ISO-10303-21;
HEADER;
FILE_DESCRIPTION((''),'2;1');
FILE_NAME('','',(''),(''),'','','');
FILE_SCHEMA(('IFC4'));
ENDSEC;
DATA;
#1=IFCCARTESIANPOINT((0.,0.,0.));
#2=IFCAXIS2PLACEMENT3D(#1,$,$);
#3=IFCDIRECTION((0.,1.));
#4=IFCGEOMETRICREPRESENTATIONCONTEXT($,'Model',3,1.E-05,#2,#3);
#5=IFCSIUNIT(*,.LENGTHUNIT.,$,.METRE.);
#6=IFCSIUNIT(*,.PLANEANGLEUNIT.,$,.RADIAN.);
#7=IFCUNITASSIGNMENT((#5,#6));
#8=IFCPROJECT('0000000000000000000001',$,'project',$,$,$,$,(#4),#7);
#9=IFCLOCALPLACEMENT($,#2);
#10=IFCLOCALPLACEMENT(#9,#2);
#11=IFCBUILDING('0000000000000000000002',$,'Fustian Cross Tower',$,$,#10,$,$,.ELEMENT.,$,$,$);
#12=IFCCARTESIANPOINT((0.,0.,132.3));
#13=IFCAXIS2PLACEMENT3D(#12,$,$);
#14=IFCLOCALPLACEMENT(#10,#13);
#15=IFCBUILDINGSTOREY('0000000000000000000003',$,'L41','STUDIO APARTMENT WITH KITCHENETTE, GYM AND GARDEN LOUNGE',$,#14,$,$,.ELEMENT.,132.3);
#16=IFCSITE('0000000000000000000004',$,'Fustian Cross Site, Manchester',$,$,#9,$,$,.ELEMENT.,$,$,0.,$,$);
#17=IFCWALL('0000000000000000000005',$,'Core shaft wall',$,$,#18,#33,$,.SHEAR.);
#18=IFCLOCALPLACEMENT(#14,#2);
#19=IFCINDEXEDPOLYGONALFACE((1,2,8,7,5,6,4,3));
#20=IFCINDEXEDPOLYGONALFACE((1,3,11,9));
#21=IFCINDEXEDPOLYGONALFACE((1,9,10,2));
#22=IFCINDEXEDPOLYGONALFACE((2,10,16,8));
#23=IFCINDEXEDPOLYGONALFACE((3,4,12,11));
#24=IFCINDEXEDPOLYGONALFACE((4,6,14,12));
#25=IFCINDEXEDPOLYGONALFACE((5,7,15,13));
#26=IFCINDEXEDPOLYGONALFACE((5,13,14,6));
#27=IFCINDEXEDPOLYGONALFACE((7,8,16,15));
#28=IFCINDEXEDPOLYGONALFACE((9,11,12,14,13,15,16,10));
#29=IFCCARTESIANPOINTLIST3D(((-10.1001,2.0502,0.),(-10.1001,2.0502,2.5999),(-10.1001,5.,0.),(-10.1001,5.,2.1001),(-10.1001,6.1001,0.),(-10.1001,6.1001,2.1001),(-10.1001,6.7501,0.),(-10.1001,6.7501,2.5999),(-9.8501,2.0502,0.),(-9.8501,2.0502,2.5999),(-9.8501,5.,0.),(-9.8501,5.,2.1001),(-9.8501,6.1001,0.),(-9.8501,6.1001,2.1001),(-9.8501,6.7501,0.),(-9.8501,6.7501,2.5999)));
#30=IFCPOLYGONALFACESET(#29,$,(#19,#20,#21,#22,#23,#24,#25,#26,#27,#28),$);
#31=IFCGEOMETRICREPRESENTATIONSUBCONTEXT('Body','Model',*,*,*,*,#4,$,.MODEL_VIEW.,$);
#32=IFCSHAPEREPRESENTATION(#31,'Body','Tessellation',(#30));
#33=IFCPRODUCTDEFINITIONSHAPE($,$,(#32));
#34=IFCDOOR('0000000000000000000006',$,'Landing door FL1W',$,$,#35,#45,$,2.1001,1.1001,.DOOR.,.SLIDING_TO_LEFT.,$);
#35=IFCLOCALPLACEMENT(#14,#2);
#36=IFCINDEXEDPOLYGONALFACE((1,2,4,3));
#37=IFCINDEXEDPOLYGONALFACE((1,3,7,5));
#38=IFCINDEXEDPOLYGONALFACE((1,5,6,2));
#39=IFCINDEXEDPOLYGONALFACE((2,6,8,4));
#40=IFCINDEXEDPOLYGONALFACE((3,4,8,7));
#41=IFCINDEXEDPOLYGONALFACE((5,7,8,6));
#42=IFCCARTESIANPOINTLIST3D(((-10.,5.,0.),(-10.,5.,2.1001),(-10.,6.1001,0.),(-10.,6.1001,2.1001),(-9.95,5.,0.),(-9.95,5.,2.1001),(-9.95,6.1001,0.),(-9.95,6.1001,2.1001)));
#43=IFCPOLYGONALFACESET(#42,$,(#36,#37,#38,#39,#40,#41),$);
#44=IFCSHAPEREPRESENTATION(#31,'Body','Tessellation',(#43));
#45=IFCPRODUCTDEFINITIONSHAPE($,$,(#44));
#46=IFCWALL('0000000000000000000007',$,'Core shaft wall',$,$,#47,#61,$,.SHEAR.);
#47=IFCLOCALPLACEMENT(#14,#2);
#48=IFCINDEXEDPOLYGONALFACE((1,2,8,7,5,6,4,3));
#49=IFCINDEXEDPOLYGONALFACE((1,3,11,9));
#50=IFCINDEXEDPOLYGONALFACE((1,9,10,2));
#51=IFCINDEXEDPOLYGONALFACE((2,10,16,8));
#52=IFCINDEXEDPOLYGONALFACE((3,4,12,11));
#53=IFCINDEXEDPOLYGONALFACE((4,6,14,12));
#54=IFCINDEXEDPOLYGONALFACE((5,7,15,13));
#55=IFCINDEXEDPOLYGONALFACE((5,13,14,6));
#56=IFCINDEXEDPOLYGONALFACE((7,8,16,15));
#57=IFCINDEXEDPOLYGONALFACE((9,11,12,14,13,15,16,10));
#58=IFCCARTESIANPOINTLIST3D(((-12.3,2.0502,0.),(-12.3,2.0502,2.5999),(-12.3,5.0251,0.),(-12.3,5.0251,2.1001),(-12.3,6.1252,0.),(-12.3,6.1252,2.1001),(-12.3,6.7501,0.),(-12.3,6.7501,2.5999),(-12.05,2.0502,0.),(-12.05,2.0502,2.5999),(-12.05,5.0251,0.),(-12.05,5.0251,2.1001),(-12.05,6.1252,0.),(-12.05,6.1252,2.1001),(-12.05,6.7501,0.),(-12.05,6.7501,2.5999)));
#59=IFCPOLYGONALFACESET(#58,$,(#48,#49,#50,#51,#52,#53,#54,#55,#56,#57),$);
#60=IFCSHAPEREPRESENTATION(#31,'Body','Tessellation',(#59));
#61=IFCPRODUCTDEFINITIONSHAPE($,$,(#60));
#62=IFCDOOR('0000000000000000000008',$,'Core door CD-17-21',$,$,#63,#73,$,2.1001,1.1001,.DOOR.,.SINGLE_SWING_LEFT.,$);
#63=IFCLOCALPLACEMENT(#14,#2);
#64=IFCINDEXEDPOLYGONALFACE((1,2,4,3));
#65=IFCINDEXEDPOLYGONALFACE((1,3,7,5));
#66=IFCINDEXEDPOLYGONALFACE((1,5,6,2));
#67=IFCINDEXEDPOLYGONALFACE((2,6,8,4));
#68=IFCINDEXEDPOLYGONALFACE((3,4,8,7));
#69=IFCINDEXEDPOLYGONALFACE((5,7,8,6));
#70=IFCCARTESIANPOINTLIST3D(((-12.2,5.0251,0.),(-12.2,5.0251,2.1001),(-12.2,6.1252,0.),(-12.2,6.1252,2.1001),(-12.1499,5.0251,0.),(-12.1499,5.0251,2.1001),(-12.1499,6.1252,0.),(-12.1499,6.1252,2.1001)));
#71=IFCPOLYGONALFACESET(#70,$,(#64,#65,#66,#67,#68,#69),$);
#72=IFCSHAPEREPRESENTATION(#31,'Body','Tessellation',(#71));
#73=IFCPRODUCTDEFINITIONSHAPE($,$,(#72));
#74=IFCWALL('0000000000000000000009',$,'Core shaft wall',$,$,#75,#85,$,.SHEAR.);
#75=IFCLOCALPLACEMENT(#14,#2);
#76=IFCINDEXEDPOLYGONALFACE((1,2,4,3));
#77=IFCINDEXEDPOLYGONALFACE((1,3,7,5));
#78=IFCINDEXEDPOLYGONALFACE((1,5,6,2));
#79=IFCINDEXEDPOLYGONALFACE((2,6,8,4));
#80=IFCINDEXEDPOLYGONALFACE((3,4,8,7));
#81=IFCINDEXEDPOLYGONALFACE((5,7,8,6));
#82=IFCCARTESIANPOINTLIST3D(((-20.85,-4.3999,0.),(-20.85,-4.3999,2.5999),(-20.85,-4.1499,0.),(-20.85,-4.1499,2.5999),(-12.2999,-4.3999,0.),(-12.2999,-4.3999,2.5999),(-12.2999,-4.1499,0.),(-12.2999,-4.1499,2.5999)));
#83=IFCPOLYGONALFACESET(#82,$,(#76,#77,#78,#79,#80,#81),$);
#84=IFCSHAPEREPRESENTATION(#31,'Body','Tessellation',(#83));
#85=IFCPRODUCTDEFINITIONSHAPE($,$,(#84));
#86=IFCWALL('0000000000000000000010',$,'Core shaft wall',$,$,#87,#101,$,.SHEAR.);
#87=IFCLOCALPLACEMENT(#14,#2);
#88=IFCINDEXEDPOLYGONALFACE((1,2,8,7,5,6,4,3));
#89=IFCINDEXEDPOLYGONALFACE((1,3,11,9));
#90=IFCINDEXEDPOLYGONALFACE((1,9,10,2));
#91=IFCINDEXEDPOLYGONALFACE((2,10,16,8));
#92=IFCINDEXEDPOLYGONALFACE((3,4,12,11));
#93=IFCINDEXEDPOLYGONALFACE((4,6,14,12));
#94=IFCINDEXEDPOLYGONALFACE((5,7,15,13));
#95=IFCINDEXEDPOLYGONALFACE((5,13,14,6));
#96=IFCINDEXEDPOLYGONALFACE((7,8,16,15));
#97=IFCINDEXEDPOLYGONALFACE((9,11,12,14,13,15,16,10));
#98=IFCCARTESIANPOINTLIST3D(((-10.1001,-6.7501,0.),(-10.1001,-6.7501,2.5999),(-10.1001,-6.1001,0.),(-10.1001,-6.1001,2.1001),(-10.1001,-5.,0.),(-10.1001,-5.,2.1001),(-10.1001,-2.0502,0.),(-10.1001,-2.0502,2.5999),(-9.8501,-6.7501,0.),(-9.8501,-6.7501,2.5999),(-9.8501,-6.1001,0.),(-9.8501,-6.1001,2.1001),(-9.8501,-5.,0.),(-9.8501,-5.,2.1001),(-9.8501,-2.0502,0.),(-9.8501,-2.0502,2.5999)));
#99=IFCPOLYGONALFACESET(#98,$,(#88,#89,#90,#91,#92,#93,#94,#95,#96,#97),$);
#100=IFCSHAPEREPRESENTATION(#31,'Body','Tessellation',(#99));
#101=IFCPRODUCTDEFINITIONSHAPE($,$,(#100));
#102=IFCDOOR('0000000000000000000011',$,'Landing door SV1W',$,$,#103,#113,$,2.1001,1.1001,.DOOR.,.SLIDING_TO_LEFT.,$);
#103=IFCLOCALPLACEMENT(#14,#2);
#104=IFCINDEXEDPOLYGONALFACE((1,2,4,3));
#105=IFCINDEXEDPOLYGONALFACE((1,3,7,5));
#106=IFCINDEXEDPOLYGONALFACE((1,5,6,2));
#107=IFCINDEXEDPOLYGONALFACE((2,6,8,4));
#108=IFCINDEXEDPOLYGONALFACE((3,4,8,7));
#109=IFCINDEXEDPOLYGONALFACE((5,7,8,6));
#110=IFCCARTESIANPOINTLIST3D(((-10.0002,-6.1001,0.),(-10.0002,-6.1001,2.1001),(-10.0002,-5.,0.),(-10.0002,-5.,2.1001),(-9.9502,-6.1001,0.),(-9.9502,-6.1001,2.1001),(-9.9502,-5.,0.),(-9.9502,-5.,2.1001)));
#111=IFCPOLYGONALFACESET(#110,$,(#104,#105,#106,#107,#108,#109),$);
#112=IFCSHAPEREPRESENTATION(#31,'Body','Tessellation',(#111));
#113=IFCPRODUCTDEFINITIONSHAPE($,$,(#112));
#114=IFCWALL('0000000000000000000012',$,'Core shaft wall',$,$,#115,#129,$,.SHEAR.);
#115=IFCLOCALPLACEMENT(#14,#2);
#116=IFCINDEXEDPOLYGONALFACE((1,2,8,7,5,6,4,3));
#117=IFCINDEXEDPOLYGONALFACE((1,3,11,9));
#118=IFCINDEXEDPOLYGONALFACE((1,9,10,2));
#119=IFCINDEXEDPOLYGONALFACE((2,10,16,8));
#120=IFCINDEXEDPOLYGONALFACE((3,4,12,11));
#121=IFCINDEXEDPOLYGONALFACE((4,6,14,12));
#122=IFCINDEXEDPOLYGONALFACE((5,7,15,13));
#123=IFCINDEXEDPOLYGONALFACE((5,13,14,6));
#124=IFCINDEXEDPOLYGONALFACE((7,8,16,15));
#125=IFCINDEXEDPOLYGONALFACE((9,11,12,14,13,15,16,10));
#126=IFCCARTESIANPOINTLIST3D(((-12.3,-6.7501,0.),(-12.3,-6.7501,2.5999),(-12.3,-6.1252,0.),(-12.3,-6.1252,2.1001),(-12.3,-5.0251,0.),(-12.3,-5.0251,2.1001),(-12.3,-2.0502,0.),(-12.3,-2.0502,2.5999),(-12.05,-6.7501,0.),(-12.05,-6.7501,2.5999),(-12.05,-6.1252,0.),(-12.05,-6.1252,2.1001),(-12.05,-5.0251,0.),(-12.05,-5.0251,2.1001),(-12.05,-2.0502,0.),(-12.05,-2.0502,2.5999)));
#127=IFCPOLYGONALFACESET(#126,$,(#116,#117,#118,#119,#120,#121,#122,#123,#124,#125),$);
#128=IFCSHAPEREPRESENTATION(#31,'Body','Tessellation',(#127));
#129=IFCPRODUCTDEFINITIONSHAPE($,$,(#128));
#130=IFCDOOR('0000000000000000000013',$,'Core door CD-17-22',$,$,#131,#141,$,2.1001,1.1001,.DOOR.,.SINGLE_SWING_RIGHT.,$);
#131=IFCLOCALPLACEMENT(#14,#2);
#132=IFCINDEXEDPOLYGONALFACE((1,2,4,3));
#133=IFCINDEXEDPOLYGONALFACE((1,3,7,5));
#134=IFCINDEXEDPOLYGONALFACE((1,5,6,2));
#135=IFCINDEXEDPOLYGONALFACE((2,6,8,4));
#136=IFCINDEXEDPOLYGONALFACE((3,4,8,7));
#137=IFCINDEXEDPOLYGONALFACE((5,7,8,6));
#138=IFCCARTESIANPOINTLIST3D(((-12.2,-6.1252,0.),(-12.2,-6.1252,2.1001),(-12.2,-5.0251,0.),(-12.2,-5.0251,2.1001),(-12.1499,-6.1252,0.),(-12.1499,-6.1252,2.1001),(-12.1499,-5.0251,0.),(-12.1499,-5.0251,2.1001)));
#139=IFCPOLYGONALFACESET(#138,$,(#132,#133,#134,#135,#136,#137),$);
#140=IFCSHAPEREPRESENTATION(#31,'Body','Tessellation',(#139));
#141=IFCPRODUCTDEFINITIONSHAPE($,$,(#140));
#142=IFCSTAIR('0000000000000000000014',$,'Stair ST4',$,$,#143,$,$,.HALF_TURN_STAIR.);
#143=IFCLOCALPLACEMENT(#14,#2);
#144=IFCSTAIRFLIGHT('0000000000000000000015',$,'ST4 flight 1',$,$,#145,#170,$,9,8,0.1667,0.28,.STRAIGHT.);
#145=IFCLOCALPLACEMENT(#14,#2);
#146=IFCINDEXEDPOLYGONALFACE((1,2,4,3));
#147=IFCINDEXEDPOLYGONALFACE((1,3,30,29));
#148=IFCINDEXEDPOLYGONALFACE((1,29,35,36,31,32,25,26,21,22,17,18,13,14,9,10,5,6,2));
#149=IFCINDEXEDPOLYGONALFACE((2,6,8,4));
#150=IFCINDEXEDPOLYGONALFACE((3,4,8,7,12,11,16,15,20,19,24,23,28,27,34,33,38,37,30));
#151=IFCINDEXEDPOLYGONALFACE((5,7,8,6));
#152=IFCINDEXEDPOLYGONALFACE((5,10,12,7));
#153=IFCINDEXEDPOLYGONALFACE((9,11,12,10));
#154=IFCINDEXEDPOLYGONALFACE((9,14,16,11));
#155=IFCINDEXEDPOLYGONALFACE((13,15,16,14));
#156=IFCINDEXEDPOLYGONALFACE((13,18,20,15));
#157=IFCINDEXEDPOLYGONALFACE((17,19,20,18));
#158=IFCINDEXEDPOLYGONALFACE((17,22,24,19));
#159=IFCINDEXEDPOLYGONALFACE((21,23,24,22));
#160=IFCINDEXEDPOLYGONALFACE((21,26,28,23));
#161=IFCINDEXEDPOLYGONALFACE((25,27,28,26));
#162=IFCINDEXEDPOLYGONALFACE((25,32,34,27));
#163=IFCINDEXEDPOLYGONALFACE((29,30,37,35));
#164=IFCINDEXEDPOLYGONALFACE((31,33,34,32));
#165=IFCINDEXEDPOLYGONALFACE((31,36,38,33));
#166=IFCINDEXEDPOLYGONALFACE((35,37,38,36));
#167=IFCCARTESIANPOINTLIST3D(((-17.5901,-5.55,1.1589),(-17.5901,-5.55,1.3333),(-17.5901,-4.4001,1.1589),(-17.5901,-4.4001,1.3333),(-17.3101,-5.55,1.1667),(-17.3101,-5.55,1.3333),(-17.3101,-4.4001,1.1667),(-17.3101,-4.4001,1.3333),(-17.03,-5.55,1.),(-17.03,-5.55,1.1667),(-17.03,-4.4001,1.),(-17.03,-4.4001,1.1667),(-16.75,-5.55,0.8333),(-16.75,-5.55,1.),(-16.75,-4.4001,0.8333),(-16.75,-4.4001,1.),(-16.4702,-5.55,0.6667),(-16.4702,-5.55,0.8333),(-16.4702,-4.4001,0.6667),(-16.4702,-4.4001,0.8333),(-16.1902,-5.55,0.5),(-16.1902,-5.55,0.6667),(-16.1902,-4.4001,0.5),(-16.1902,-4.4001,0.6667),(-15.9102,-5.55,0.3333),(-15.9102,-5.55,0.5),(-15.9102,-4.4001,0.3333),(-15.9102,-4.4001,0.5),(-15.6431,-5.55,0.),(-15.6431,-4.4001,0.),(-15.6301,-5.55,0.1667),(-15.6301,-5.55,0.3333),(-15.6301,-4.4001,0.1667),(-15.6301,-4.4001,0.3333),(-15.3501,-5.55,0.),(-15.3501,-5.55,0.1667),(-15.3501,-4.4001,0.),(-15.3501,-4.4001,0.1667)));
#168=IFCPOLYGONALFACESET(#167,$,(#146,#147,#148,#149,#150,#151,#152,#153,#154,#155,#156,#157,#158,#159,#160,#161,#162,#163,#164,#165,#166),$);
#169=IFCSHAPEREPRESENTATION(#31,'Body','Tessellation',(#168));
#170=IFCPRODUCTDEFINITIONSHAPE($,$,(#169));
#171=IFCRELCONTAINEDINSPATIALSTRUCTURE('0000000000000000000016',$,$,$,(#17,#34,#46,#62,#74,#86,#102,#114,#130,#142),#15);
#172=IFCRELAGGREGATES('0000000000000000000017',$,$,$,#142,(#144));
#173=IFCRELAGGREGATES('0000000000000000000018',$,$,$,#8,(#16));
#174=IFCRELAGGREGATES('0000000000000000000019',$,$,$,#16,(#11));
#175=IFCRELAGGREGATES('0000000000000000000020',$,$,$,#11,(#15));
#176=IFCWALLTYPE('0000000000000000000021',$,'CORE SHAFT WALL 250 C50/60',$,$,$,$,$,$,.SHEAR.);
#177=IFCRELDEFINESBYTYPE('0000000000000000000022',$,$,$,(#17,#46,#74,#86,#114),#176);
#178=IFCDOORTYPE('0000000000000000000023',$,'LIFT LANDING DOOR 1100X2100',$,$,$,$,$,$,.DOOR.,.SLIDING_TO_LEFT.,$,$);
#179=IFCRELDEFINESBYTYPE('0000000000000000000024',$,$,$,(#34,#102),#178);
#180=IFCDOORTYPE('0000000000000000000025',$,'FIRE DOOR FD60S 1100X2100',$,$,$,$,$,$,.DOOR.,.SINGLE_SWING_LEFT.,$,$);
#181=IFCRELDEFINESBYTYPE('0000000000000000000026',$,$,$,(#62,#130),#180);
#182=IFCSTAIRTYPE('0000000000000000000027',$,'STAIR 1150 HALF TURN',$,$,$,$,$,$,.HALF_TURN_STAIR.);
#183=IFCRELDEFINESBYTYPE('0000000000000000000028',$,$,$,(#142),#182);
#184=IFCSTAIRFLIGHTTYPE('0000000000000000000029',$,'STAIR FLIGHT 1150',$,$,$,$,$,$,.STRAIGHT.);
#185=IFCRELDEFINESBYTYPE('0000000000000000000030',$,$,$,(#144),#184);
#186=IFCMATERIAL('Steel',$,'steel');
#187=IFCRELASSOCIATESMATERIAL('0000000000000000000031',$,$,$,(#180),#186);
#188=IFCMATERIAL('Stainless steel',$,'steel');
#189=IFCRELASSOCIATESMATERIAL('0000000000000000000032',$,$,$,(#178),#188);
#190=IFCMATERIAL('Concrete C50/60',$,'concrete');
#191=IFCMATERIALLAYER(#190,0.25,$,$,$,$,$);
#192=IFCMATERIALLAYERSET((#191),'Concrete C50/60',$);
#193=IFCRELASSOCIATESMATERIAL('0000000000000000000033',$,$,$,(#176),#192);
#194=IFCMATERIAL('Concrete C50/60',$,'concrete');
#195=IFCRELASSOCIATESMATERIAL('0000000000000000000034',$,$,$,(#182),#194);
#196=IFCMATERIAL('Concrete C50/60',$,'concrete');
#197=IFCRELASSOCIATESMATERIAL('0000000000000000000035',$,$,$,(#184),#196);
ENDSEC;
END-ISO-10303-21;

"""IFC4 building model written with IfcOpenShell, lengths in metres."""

from ifc_helpers import new_model, si_unit, direction, frame, frame_2d, origin, place, context, subcontext, project, spatial, polyline, rectangle, outline, extrude, material, layer, layer_set, type_object, element, fill, aggregate, save


model = new_model("IFC4")

# Units and contexts
model_context = context("Model", 3, precision=1e-05, world=origin(), true_north=direction((0.0, 1.0)))
body_context = subcontext(model_context, "Body", "Model", "MODEL_VIEW")
ifc_project = project(units=[si_unit("LENGTHUNIT", "METRE"), si_unit("PLANEANGLEUNIT", "RADIAN")], contexts=[model_context])

# Site, building, storey
site_placement = place(None, origin())
site = spatial("IfcSite", under=ifc_project, at=site_placement, Name="Fustian Cross Site, Manchester", CompositionType="ELEMENT", RefElevation=0.0)
building_placement = place(site_placement, origin())
building = spatial("IfcBuilding", under=site, at=building_placement, Name="Fustian Cross Tower", CompositionType="ELEMENT")
storey_placement = place(building_placement, frame((0.0, 0.0, 132.3)))
storey = spatial("IfcBuildingStorey", under=building, at=storey_placement, Name="L41", Description="STUDIO APARTMENT WITH KITCHENETTE, GYM AND GARDEN LOUNGE", CompositionType="ELEMENT", Elevation=132.3)

# Shared definitions
ifc_material_1 = material(Name="Steel", Category="steel")
door_type_1 = type_object("IfcDoorType", Name="FIRE DOOR FD60S 1100X2100", OperationType="SINGLE_SWING_LEFT", PredefinedType="DOOR", material=ifc_material_1)
ifc_material_2 = material(Name="Stainless steel", Category="steel")
door_type_2 = type_object("IfcDoorType", Name="LIFT LANDING DOOR 1100X2100", OperationType="SLIDING_TO_LEFT", PredefinedType="DOOR", material=ifc_material_2)

# Shared definitions
ifc_material_3 = material(Name="Concrete C50/60", Category="concrete")
ifc_layer_1 = layer(ifc_material_3, 0.25)
ifc_layer_set_1 = layer_set([ifc_layer_1], Name="Concrete C50/60")
wall_type_1 = type_object("IfcWallType", Name="CORE SHAFT WALL 250 C50/60", PredefinedType="SHEAR", material=ifc_layer_set_1)

# Walls, openings, doors
wall_1_placement = place(storey_placement, frame((-9.9751, 2.05, 0.0), z_axis=(0.0, 0.0, 1.0), x_axis=(0.0, 1.0, 0.0)))
wall_1 = element("IfcWall", 1, at=wall_1_placement, inside=storey, type_object=wall_type_1, Name="Core shaft wall", PredefinedType="SHEAR", context=body_context, shape_type="SweptSolid", body=[
    extrude(rectangle(XDim=4.7, YDim=0.25, at=frame_2d((2.3501, 0.0))), origin(), (0.0, 0.0, 1.0), 2.5999),
])
opening_1_placement = place(wall_1_placement, frame((2.95, 0.0, 0.0)))
opening_1 = element("IfcOpeningElement", 2, at=opening_1_placement, cuts=wall_1, PredefinedType="OPENING", context=body_context, shape_type="SweptSolid", body=[
    extrude(rectangle(XDim=1.1001, YDim=2.1001, at=frame_2d((0.55, 1.05))), frame((0.0, 0.135, 0.0), z_axis=(0.0, -1.0, 0.0), x_axis=(1.0, 0.0, 0.0)), (0.0, 0.0, 1.0), 0.27),
])
door_1_placement = place(opening_1_placement, origin())
door_1 = element("IfcDoor", 3, at=door_1_placement, inside=storey, type_object=door_type_2, Name="Landing door FL1W", OperationType="SLIDING_TO_LEFT", OverallHeight=2.1001, OverallWidth=1.1001, PredefinedType="DOOR", context=body_context, shape_type="SweptSolid", body=[
    extrude(rectangle(XDim=1.1001, YDim=2.1001, at=frame_2d((0.55, 1.05))), frame((0.0, 0.0249, 0.0), z_axis=(0.0, -1.0, 0.0), x_axis=(1.0, 0.0, 0.0)), (0.0, 0.0, 1.0), 0.05),
])
fill(opening_1, door_1)
wall_2_placement = place(storey_placement, frame((-12.175, 2.05, 0.0), z_axis=(0.0, 0.0, 1.0), x_axis=(0.0, 1.0, 0.0)))
wall_2 = element("IfcWall", 4, at=wall_2_placement, inside=storey, type_object=wall_type_1, Name="Core shaft wall", PredefinedType="SHEAR", context=body_context, shape_type="SweptSolid", body=[
    extrude(rectangle(XDim=4.7, YDim=0.25, at=frame_2d((2.3501, 0.0))), origin(), (0.0, 0.0, 1.0), 2.5999),
])
opening_2_placement = place(wall_2_placement, frame((2.9751, 0.0, 0.0)))
opening_2 = element("IfcOpeningElement", 5, at=opening_2_placement, cuts=wall_2, PredefinedType="OPENING", context=body_context, shape_type="SweptSolid", body=[
    extrude(rectangle(XDim=1.1001, YDim=2.1001, at=frame_2d((0.55, 1.05))), frame((0.0, 0.135, 0.0), z_axis=(0.0, -1.0, 0.0), x_axis=(1.0, 0.0, 0.0)), (0.0, 0.0, 1.0), 0.27),
])
door_2_placement = place(opening_2_placement, origin())
door_2 = element("IfcDoor", 6, at=door_2_placement, inside=storey, type_object=door_type_1, Name="Core door CD-17-21", OperationType="SINGLE_SWING_LEFT", OverallHeight=2.1001, OverallWidth=1.1001, PredefinedType="DOOR", context=body_context, shape_type="SweptSolid", body=[
    extrude(rectangle(XDim=1.1001, YDim=2.1001, at=frame_2d((0.55, 1.05))), frame((0.0, 0.0249, 0.0), z_axis=(0.0, -1.0, 0.0), x_axis=(1.0, 0.0, 0.0)), (0.0, 0.0, 1.0), 0.05),
])
fill(opening_2, door_2)

# Wall
wall_3_placement = place(storey_placement, frame((-12.3, -4.2749, 0.0), z_axis=(0.0, 0.0, 1.0), x_axis=(-1.0, 0.0, 0.0)))
element("IfcWall", 7, at=wall_3_placement, inside=storey, type_object=wall_type_1, Name="Core shaft wall", PredefinedType="SHEAR", context=body_context, shape_type="SweptSolid", body=[
    extrude(rectangle(XDim=8.55, YDim=0.25, at=frame_2d((4.2749, 0.0))), origin(), (0.0, 0.0, 1.0), 2.5999),
])

# Walls, openings, doors
wall_4_placement = place(storey_placement, frame((-9.9751, -2.05, 0.0), z_axis=(0.0, 0.0, 1.0), x_axis=(0.0, -1.0, 0.0)))
wall_4 = element("IfcWall", 8, at=wall_4_placement, inside=storey, type_object=wall_type_1, Name="Core shaft wall", PredefinedType="SHEAR", context=body_context, shape_type="SweptSolid", body=[
    extrude(rectangle(XDim=4.7, YDim=0.25, at=frame_2d((2.3501, 0.0))), origin(), (0.0, 0.0, 1.0), 2.5999),
])
opening_3_placement = place(wall_4_placement, frame((2.95, 0.0, 0.0)))
opening_3 = element("IfcOpeningElement", 9, at=opening_3_placement, cuts=wall_4, PredefinedType="OPENING", context=body_context, shape_type="SweptSolid", body=[
    extrude(rectangle(XDim=1.1001, YDim=2.1001, at=frame_2d((0.55, 1.05))), frame((0.0, 0.135, 0.0), z_axis=(0.0, -1.0, 0.0), x_axis=(1.0, 0.0, 0.0)), (0.0, 0.0, 1.0), 0.27),
])
door_3_placement = place(opening_3_placement, origin())
door_3 = element("IfcDoor", 10, at=door_3_placement, inside=storey, type_object=door_type_2, Name="Landing door SV1W", OperationType="SLIDING_TO_LEFT", OverallHeight=2.1001, OverallWidth=1.1001, PredefinedType="DOOR", context=body_context, shape_type="SweptSolid", body=[
    extrude(rectangle(XDim=1.1001, YDim=2.1001, at=frame_2d((0.55, 1.05))), frame((0.0, 0.0249, 0.0), z_axis=(0.0, -1.0, 0.0), x_axis=(1.0, 0.0, 0.0)), (0.0, 0.0, 1.0), 0.05),
])
fill(opening_3, door_3)
wall_5_placement = place(storey_placement, frame((-12.175, -2.05, 0.0), z_axis=(0.0, 0.0, 1.0), x_axis=(0.0, -1.0, 0.0)))
wall_5 = element("IfcWall", 11, at=wall_5_placement, inside=storey, type_object=wall_type_1, Name="Core shaft wall", PredefinedType="SHEAR", context=body_context, shape_type="SweptSolid", body=[
    extrude(rectangle(XDim=4.7, YDim=0.25, at=frame_2d((2.3501, 0.0))), origin(), (0.0, 0.0, 1.0), 2.5999),
])
opening_4_placement = place(wall_5_placement, frame((2.9751, 0.0, 0.0)))
opening_4 = element("IfcOpeningElement", 12, at=opening_4_placement, cuts=wall_5, PredefinedType="OPENING", context=body_context, shape_type="SweptSolid", body=[
    extrude(rectangle(XDim=1.1001, YDim=2.1001, at=frame_2d((0.55, 1.05))), frame((0.0, 0.135, 0.0), z_axis=(0.0, -1.0, 0.0), x_axis=(1.0, 0.0, 0.0)), (0.0, 0.0, 1.0), 0.27),
])
door_4_placement = place(opening_4_placement, frame((1.1001, 0.0, 0.0), z_axis=(0.0, 0.0, 1.0), x_axis=(-1.0, 0.0, 0.0)))
door_4 = element("IfcDoor", 13, at=door_4_placement, inside=storey, type_object=door_type_1, Name="Core door CD-17-22", OperationType="SINGLE_SWING_RIGHT", OverallHeight=2.1001, OverallWidth=1.1001, PredefinedType="DOOR", context=body_context, shape_type="SweptSolid", body=[
    extrude(rectangle(XDim=1.1001, YDim=2.1001, at=frame_2d((0.55, 1.05))), frame((0.0, 0.0249, 0.0), z_axis=(0.0, -1.0, 0.0), x_axis=(1.0, 0.0, 0.0)), (0.0, 0.0, 1.0), 0.05),
])
fill(opening_4, door_4)

# Stair, stair flight
ifc_material_4 = material(Name="Concrete C50/60", Category="concrete")
stair_type = type_object("IfcStairType", Name="STAIR 1150 HALF TURN", PredefinedType="HALF_TURN_STAIR", material=ifc_material_4)
stair_placement = place(storey_placement, origin())
stair = element("IfcStair", 14, at=stair_placement, inside=storey, type_object=stair_type, Name="Stair ST4", PredefinedType="HALF_TURN_STAIR")
ifc_material_5 = material(Name="Concrete C50/60", Category="concrete")
stair_flight_type = type_object("IfcStairFlightType", Name="STAIR FLIGHT 1150", PredefinedType="STRAIGHT", material=ifc_material_5)
stair_flight_placement = place(storey_placement, frame((-15.3501, -4.9751, 0.0), z_axis=(0.0, 0.0, 1.0), x_axis=(-1.0, 0.0, 0.0)))
stair_flight = element("IfcStairFlight", 15, at=stair_flight_placement, type_object=stair_flight_type, Name="ST4 flight 1", NumberOfRisers=9, NumberOfTreads=8, PredefinedType="STRAIGHT", RiserHeight=0.1667, TreadLength=0.28, context=body_context, shape_type="SweptSolid", body=[
    extrude(outline(polyline([(0.0, 0.0), (0.0, 0.1667), (0.28, 0.1667), (0.28, 0.3333), (0.5601, 0.3333), (0.5601, 0.5), (0.8401, 0.5), (0.8401, 0.6667), (1.1201, 0.6667), (1.1201, 0.8333), (1.3999, 0.8333), (1.3999, 1.0), (1.6799, 1.0), (1.6799, 1.1667), (1.96, 1.1667), (1.96, 1.3333), (2.24, 1.3333), (2.24, 1.5), (2.24, 1.1589), (0.293, 0.0), (0.0, 0.0)])), frame((0.0, 0.575, 0.0), z_axis=(0.0, -1.0, 0.0), x_axis=(1.0, 0.0, 0.0)), (0.0, 0.0, 1.0), 1.1499),
])
aggregate(stair, [stair_flight])

save(model, "model.ifc")
